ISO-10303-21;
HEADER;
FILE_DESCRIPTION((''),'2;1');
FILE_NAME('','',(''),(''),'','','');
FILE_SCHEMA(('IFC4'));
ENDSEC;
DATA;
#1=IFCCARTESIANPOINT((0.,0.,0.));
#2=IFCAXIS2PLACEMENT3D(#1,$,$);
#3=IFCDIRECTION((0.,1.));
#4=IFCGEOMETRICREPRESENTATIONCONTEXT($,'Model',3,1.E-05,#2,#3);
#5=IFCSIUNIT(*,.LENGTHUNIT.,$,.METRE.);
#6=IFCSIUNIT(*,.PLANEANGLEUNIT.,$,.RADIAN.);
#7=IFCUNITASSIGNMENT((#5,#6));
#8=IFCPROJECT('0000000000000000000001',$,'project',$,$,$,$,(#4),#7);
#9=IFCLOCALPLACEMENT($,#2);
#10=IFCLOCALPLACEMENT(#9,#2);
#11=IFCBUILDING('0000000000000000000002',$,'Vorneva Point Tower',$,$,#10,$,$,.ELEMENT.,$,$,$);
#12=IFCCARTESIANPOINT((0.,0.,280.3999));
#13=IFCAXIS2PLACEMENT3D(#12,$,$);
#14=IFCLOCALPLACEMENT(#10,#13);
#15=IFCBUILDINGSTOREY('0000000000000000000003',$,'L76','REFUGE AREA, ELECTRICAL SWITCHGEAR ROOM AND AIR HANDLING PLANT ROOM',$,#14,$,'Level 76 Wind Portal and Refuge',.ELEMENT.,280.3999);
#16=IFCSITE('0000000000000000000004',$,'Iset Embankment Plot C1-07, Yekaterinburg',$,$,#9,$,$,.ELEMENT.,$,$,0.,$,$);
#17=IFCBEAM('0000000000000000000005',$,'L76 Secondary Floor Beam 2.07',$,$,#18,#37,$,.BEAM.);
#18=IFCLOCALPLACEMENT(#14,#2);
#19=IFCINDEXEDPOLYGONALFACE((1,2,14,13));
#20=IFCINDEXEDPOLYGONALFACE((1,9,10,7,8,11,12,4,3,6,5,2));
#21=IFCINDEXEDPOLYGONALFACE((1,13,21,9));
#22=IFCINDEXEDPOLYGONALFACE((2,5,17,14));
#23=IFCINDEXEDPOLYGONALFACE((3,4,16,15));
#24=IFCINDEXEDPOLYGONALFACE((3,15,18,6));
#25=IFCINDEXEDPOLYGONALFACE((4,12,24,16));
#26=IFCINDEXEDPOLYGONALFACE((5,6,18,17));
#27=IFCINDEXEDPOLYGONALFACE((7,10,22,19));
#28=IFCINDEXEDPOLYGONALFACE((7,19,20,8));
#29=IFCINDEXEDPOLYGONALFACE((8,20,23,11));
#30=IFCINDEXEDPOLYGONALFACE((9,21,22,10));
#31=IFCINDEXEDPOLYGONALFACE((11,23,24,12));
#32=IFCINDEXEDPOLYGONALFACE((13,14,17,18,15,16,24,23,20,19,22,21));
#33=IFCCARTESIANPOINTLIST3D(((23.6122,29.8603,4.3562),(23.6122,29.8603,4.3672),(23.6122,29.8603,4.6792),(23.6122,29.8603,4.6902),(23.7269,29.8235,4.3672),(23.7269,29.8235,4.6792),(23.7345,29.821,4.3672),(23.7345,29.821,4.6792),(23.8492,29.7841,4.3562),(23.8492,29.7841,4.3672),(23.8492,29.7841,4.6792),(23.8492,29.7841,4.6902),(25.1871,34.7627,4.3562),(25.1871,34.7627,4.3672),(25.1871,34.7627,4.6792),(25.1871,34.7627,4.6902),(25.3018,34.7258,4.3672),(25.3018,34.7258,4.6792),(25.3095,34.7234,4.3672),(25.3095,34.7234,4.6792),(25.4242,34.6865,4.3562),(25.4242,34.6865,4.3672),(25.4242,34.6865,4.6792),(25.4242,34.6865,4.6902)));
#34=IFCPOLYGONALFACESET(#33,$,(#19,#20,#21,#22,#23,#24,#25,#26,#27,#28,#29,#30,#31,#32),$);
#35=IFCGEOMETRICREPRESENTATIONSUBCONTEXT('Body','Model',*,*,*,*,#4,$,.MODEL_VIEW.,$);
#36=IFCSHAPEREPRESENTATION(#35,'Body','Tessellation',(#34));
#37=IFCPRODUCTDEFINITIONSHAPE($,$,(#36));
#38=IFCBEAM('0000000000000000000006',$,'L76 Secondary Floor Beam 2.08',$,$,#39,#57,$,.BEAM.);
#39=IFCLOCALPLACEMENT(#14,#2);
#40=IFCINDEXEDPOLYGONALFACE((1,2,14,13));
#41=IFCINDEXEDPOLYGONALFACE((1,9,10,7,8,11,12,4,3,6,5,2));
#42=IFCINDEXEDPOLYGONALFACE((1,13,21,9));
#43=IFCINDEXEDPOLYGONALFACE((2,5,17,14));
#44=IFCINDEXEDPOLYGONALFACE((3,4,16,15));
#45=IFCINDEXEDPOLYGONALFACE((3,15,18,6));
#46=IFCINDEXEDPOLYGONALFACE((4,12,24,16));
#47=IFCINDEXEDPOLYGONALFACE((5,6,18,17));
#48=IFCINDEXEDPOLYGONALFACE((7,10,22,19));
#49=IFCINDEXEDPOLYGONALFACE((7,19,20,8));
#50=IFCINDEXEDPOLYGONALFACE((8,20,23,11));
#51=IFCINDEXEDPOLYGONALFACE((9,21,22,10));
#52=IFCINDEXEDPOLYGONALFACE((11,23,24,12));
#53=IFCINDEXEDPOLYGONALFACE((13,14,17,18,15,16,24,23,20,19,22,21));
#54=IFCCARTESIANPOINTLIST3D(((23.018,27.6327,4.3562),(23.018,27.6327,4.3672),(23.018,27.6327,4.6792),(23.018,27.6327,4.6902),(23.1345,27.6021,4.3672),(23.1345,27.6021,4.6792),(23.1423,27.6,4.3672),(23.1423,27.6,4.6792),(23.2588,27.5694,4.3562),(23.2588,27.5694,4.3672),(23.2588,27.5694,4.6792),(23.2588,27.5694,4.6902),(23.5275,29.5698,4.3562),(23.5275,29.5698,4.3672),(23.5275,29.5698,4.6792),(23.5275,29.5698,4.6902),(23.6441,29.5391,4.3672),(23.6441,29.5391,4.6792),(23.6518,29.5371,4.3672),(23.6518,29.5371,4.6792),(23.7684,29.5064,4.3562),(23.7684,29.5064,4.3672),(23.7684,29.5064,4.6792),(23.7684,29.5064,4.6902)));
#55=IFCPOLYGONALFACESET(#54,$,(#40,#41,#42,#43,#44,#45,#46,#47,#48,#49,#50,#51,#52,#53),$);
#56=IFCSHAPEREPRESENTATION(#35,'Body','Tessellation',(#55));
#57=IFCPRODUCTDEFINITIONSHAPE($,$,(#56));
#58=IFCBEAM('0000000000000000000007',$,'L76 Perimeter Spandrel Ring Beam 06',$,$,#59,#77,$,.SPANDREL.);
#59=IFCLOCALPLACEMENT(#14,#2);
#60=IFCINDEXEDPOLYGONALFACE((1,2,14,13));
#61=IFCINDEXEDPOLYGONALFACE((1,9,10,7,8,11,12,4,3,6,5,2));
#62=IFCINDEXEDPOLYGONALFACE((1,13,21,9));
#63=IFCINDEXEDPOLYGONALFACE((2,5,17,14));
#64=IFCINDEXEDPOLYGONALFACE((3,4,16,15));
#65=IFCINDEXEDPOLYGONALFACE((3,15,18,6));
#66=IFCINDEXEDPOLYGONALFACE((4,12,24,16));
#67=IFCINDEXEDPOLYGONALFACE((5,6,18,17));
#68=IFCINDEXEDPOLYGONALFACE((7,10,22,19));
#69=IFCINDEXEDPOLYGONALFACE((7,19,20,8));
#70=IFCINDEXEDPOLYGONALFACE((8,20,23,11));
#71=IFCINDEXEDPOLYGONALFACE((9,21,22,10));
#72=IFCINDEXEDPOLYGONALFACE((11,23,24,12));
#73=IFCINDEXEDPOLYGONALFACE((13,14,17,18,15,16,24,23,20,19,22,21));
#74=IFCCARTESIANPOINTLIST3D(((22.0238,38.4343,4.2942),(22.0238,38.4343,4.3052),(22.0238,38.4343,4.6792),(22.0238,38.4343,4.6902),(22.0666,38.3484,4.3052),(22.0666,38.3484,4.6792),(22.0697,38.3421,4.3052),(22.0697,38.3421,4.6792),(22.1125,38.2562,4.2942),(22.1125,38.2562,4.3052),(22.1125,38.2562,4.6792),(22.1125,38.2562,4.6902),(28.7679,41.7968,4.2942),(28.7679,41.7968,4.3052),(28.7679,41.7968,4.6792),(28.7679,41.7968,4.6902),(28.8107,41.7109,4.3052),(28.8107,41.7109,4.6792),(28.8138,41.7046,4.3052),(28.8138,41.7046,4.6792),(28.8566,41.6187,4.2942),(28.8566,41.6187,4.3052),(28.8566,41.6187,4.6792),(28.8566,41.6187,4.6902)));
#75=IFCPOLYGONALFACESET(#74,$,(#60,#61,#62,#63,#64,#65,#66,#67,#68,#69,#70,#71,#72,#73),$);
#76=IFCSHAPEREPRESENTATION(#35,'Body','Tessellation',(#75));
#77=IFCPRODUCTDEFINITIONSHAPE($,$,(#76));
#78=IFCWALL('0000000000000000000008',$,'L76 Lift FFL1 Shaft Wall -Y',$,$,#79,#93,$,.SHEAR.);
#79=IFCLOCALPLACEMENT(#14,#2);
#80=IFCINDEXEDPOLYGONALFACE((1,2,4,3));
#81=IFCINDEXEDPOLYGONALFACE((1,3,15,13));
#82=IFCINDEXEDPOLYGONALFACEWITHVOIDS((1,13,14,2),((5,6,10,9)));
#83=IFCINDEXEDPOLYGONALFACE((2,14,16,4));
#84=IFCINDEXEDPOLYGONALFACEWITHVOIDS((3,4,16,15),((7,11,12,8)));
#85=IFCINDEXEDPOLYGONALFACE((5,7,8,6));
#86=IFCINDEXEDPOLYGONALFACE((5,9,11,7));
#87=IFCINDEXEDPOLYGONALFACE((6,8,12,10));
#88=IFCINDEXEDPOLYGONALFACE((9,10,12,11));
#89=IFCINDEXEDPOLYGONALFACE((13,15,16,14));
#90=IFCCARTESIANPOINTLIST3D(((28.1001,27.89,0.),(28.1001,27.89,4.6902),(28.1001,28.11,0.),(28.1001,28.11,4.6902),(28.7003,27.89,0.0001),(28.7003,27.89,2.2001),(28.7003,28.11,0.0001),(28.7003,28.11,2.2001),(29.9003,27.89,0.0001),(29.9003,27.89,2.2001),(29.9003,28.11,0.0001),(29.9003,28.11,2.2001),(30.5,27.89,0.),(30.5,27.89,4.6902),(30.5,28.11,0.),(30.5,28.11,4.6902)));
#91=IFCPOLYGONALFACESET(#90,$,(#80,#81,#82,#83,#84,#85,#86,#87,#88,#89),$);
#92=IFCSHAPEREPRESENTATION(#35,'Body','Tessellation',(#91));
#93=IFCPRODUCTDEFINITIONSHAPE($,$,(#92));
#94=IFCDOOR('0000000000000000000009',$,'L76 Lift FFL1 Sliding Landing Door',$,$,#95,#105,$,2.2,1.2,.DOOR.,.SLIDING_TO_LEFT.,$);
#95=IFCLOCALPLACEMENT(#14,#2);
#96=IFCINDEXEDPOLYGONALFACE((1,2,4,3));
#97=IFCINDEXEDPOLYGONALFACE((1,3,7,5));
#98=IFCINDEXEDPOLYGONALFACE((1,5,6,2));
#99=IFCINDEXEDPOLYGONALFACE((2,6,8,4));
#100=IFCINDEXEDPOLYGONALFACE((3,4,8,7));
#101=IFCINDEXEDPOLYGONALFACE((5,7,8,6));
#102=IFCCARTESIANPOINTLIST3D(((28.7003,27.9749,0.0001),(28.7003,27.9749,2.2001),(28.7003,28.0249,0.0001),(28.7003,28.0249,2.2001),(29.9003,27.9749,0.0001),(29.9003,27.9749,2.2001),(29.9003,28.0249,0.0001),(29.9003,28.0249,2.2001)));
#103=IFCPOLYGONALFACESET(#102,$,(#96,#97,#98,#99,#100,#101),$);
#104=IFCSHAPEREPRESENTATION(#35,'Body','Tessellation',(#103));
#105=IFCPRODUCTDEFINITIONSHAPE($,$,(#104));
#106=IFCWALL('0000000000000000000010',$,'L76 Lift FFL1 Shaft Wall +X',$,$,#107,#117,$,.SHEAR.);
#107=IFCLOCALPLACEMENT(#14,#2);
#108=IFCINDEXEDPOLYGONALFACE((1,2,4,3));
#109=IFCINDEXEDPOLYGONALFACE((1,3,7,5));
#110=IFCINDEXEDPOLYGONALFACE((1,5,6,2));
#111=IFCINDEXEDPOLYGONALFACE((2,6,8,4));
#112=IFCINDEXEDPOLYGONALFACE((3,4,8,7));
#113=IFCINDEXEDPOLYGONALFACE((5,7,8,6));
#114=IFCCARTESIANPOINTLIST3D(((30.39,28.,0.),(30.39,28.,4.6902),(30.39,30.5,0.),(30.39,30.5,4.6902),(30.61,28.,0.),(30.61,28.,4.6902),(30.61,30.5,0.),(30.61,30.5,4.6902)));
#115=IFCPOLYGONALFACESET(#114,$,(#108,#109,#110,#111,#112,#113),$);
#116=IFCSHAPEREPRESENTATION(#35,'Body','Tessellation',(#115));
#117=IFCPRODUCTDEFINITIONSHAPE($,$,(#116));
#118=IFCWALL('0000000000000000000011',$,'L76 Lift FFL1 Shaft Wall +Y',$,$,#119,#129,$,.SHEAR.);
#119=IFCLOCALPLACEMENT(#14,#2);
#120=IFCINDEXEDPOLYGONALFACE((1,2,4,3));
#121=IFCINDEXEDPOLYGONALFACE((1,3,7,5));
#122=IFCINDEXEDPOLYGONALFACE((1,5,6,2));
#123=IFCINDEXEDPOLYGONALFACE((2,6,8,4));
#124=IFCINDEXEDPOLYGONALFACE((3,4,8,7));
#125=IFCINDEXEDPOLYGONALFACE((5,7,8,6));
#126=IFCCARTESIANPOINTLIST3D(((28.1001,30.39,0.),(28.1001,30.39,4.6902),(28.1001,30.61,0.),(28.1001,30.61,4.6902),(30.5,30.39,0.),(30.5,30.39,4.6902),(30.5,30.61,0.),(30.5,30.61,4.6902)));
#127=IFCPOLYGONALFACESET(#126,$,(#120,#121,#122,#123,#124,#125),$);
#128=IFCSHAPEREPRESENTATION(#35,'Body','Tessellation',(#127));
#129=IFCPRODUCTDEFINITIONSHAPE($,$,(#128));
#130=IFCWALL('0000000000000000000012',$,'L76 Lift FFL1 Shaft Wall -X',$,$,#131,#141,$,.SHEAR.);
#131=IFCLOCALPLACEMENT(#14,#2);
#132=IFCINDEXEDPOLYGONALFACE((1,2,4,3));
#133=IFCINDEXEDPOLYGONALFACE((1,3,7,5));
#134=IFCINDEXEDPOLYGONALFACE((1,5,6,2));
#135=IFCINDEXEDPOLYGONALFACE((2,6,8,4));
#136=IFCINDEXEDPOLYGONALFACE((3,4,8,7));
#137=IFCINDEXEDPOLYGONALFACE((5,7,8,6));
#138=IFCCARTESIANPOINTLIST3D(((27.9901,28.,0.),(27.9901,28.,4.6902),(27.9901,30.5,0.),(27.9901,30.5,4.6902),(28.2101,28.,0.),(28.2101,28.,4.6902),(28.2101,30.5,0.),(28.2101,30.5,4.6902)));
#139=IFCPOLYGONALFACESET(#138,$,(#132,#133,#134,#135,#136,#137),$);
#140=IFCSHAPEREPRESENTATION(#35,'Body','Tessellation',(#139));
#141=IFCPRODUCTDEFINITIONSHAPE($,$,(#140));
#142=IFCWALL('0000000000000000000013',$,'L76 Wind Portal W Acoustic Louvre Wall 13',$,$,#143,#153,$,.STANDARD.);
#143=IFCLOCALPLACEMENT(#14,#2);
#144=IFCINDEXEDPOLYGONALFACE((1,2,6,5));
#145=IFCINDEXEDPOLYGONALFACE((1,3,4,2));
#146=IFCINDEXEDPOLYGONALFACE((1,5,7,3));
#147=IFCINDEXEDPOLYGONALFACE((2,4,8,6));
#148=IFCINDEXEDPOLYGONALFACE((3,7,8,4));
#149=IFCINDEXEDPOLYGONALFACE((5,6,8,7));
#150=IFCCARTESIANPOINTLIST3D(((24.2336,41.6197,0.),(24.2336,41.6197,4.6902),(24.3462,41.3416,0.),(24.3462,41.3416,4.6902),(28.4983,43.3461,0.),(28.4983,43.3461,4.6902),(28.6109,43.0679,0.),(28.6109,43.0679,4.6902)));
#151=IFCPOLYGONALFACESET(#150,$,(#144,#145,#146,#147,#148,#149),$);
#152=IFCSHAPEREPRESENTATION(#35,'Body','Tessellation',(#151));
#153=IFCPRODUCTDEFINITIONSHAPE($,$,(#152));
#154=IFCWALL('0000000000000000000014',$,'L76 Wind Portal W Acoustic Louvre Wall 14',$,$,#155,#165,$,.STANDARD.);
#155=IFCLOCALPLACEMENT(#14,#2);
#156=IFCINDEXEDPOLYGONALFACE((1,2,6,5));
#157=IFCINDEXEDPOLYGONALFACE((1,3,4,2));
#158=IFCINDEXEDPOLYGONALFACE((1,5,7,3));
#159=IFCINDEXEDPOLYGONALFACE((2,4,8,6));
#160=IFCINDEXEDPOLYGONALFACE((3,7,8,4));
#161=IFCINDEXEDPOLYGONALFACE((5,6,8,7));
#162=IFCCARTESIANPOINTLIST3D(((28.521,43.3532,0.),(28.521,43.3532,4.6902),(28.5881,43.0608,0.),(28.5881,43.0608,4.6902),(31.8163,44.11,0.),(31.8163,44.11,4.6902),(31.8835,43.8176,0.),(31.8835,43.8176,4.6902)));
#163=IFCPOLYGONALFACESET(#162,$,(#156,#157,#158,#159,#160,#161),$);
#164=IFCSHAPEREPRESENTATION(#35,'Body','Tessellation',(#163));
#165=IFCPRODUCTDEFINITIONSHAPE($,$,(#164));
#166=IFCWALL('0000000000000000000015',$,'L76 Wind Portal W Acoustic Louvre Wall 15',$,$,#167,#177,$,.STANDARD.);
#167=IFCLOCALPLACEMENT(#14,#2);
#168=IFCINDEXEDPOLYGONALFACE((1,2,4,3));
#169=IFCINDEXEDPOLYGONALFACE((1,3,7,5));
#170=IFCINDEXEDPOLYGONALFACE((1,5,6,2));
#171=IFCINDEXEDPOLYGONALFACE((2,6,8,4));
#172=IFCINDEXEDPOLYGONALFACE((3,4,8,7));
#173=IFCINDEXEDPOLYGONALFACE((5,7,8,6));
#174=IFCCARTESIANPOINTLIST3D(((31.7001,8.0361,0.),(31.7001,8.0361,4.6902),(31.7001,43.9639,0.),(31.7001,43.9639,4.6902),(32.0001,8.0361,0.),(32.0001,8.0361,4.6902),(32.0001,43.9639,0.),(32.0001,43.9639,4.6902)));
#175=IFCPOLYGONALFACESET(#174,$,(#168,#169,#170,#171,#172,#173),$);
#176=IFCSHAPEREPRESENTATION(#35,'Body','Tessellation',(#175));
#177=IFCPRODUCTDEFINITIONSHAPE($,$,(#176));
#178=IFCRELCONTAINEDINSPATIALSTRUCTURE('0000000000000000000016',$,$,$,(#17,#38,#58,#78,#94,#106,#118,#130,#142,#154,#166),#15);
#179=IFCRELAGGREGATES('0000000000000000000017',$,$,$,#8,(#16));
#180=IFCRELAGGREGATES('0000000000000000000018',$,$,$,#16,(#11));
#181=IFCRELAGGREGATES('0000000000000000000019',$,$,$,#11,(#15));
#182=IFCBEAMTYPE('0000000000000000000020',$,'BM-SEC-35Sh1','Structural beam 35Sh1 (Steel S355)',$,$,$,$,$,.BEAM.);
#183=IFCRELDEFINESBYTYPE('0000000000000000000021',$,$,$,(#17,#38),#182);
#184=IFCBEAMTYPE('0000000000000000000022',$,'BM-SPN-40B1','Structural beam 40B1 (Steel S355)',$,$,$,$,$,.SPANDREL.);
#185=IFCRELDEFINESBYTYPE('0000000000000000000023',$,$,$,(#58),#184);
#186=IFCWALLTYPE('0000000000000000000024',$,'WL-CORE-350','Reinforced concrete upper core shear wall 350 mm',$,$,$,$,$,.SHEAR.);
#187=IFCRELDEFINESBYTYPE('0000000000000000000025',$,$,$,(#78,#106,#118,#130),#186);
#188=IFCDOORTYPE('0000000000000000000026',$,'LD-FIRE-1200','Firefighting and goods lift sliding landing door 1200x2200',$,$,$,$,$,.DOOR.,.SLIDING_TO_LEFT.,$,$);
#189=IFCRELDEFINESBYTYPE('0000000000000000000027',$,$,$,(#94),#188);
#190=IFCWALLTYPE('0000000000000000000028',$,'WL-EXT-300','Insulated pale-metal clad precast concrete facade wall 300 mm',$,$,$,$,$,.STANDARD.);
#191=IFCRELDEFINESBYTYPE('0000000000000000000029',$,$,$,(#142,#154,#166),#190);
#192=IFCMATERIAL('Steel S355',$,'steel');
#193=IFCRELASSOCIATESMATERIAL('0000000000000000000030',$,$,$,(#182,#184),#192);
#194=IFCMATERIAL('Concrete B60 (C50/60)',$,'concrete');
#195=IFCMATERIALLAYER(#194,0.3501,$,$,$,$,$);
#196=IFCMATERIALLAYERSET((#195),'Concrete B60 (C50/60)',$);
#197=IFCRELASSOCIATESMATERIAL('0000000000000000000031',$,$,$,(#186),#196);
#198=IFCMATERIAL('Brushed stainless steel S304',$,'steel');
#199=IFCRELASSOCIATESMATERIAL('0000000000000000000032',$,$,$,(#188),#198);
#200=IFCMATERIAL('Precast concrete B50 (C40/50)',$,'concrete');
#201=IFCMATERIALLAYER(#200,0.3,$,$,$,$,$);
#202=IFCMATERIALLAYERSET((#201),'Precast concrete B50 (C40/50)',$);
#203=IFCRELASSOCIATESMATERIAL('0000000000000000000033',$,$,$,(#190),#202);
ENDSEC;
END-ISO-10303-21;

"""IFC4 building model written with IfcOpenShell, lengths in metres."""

from ifc_helpers import new_model, si_unit, direction, frame, frame_2d, origin, origin_2d, place, context, subcontext, project, spatial, rectangle, i_section, extrude, material, layer, layer_set, material_profile, profile_set, type_object, element, fill, save


model = new_model("IFC4")

# Units and contexts
model_context = context("Model", 3, precision=1e-05, world=origin(), true_north=direction((0.0, 1.0)))
body_context = subcontext(model_context, "Body", "Model", "MODEL_VIEW")
ifc_project = project(units=[si_unit("LENGTHUNIT", "METRE"), si_unit("PLANEANGLEUNIT", "RADIAN")], contexts=[model_context])

# Site, building, storey
site_placement = place(None, origin())
site = spatial("IfcSite", under=ifc_project, at=site_placement, Name="Iset Embankment Plot C1-07, Yekaterinburg", CompositionType="ELEMENT", RefElevation=0.0)
building_placement = place(site_placement, origin())
building = spatial("IfcBuilding", under=site, at=building_placement, Name="Vorneva Point Tower", CompositionType="ELEMENT")
storey_placement = place(building_placement, frame((0.0, 0.0, 280.3999)))
storey = spatial("IfcBuildingStorey", under=building, at=storey_placement, Name="L76", Description="REFUGE AREA, ELECTRICAL SWITCHGEAR ROOM AND AIR HANDLING PLANT ROOM", LongName="Level 76 Wind Portal and Refuge", CompositionType="ELEMENT", Elevation=280.3999)

# Beams
ifc_material_1 = material(Name="Steel S355", Category="steel")
ifc_material_profile_1 = material_profile(ifc_material_1, i_section(OverallWidth=0.249, OverallDepth=0.334, WebThickness=0.0081, FlangeThickness=0.011, at=origin_2d()), Name="35Sh1")
ifc_profile_set_1 = profile_set([ifc_material_profile_1], Name="Steel S355")
beam_type_1 = type_object("IfcBeamType", Name="BM-SEC-35Sh1", Description="Structural beam 35Sh1 (Steel S355)", PredefinedType="BEAM", material=ifc_profile_set_1)
beam_1_placement = place(storey_placement, frame((25.3057, 34.7246, 4.5232), z_axis=(-0.305868, -0.952074, 0.0), x_axis=(0.952074, -0.305868, 0.0)))
element("IfcBeam", 1, at=beam_1_placement, inside=storey, type_object=beam_type_1, Name="L76 Secondary Floor Beam 2.07", PredefinedType="BEAM", context=body_context, shape_type="SweptSolid", body=[
    extrude(i_section(OverallWidth=0.249, OverallDepth=0.334, WebThickness=0.0081, FlangeThickness=0.011, at=origin_2d()), origin(), (0.0, 0.0, 1.0), 5.1492),
])
beam_2_placement = place(storey_placement, frame((23.6479, 29.5381, 4.5232), z_axis=(-0.254391, -0.967101, 0.0), x_axis=(0.967101, -0.254391, 0.0)))
element("IfcBeam", 2, at=beam_2_placement, inside=storey, type_object=beam_type_1, Name="L76 Secondary Floor Beam 2.08", PredefinedType="BEAM", context=body_context, shape_type="SweptSolid", body=[
    extrude(i_section(OverallWidth=0.249, OverallDepth=0.334, WebThickness=0.0081, FlangeThickness=0.011, at=origin_2d()), origin(), (0.0, 0.0, 1.0), 2.0029),
])
ifc_material_profile_2 = material_profile(ifc_material_1, i_section(OverallWidth=0.199, OverallDepth=0.396, WebThickness=0.0071, FlangeThickness=0.011, at=origin_2d()), Name="40B1")
ifc_profile_set_2 = profile_set([ifc_material_profile_2], Name="Steel S355")
beam_type_2 = type_object("IfcBeamType", Name="BM-SPN-40B1", Description="Structural beam 40B1 (Steel S355)", PredefinedType="SPANDREL", material=ifc_profile_set_2)
beam_3_placement = place(storey_placement, frame((28.8123, 41.7078, 4.4922), z_axis=(-0.894932, -0.446203, 0.0), x_axis=(0.446203, -0.894932, 0.0)))
element("IfcBeam", 3, at=beam_3_placement, inside=storey, type_object=beam_type_2, Name="L76 Perimeter Spandrel Ring Beam 06", PredefinedType="SPANDREL", context=body_context, shape_type="SweptSolid", body=[
    extrude(i_section(OverallWidth=0.199, OverallDepth=0.396, WebThickness=0.0071, FlangeThickness=0.011, at=origin_2d()), origin(), (0.0, 0.0, 1.0), 7.5359),
])

# Wall, opening, door
ifc_material_2 = material(Name="Concrete B60 (C50/60)", Category="concrete")
ifc_layer_1 = layer(ifc_material_2, 0.3501)
ifc_layer_set_1 = layer_set([ifc_layer_1], Name="Concrete B60 (C50/60)")
wall_type_1 = type_object("IfcWallType", Name="WL-CORE-350", Description="Reinforced concrete upper core shear wall 350 mm", PredefinedType="SHEAR", material=ifc_layer_set_1)
wall_1_placement = place(storey_placement, frame((28.1001, 28.0, 0.0), z_axis=(0.0, 0.0, 1.0), x_axis=(1.0, 0.0, 0.0)))
wall_1 = element("IfcWall", 4, at=wall_1_placement, inside=storey, type_object=wall_type_1, Name="L76 Lift FFL1 Shaft Wall -Y", PredefinedType="SHEAR", context=body_context, shape_type="SweptSolid", body=[
    extrude(rectangle(XDim=2.3999, YDim=0.22, at=frame_2d((1.2, 0.0))), origin(), (0.0, 0.0, 1.0), 4.6902),
])
opening_1_placement = place(wall_1_placement, frame((0.6001, 0.0, 0.0)))
opening_1 = element("IfcOpeningElement", 5, at=opening_1_placement, cuts=wall_1, PredefinedType="OPENING", context=body_context, shape_type="SweptSolid", body=[
    extrude(rectangle(XDim=1.2, YDim=2.2, at=frame_2d((0.6001, 1.1001))), frame((0.0, 0.125, 0.0), z_axis=(0.0, -1.0, 0.0), x_axis=(1.0, 0.0, 0.0)), (0.0, 0.0, 1.0), 0.2498),
])
ifc_material_3 = material(Name="Brushed stainless steel S304", Category="steel")
door_type_1 = type_object("IfcDoorType", Name="LD-FIRE-1200", Description="Firefighting and goods lift sliding landing door 1200x2200", OperationType="SLIDING_TO_LEFT", PredefinedType="DOOR", material=ifc_material_3)
door_1_placement = place(opening_1_placement, origin())
door_1 = element("IfcDoor", 6, at=door_1_placement, inside=storey, type_object=door_type_1, Name="L76 Lift FFL1 Sliding Landing Door", OperationType="SLIDING_TO_LEFT", OverallHeight=2.2, OverallWidth=1.2, PredefinedType="DOOR", context=body_context, shape_type="SweptSolid", body=[
    extrude(rectangle(XDim=1.2, YDim=2.2, at=frame_2d((0.6001, 1.1001))), frame((0.0, 0.0249, 0.0), z_axis=(0.0, -1.0, 0.0), x_axis=(1.0, 0.0, 0.0)), (0.0, 0.0, 1.0), 0.05),
])
fill(opening_1, door_1)

# Walls
wall_2_placement = place(storey_placement, frame((30.5, 28.0, 0.0), z_axis=(0.0, 0.0, 1.0), x_axis=(0.0, 1.0, 0.0)))
element("IfcWall", 7, at=wall_2_placement, inside=storey, type_object=wall_type_1, Name="L76 Lift FFL1 Shaft Wall +X", PredefinedType="SHEAR", context=body_context, shape_type="SweptSolid", body=[
    extrude(rectangle(XDim=2.5, YDim=0.22, at=frame_2d((1.25, 0.0))), origin(), (0.0, 0.0, 1.0), 4.6902),
])
wall_3_placement = place(storey_placement, frame((30.5, 30.5, 0.0), z_axis=(0.0, 0.0, 1.0), x_axis=(-1.0, 0.0, 0.0)))
element("IfcWall", 8, at=wall_3_placement, inside=storey, type_object=wall_type_1, Name="L76 Lift FFL1 Shaft Wall +Y", PredefinedType="SHEAR", context=body_context, shape_type="SweptSolid", body=[
    extrude(rectangle(XDim=2.3999, YDim=0.22, at=frame_2d((1.2, 0.0))), origin(), (0.0, 0.0, 1.0), 4.6902),
])
wall_4_placement = place(storey_placement, frame((28.1001, 30.5, 0.0), z_axis=(0.0, 0.0, 1.0), x_axis=(0.0, -1.0, 0.0)))
element("IfcWall", 9, at=wall_4_placement, inside=storey, type_object=wall_type_1, Name="L76 Lift FFL1 Shaft Wall -X", PredefinedType="SHEAR", context=body_context, shape_type="SweptSolid", body=[
    extrude(rectangle(XDim=2.5, YDim=0.22, at=frame_2d((1.25, 0.0))), origin(), (0.0, 0.0, 1.0), 4.6902),
])
ifc_material_4 = material(Name="Precast concrete B50 (C40/50)", Category="concrete")
ifc_layer_2 = layer(ifc_material_4, 0.3)
ifc_layer_set_2 = layer_set([ifc_layer_2], Name="Precast concrete B50 (C40/50)")
wall_type_2 = type_object("IfcWallType", Name="WL-EXT-300", Description="Insulated pale-metal clad precast concrete facade wall 300 mm", PredefinedType="STANDARD", material=ifc_layer_set_2)
wall_5_placement = place(storey_placement, frame((24.29, 41.4807, 0.0), z_axis=(0.0, 0.0, 1.0), x_axis=(0.926935, 0.375221, 0.0)))
element("IfcWall", 10, at=wall_5_placement, inside=storey, type_object=wall_type_2, Name="L76 Wind Portal W Acoustic Louvre Wall 13", PredefinedType="STANDARD", context=body_context, shape_type="SweptSolid", body=[
    extrude(rectangle(XDim=4.6008, YDim=0.3, at=frame_2d((2.3003, 0.0))), origin(), (0.0, 0.0, 1.0), 4.6902),
])
wall_6_placement = place(storey_placement, frame((28.5547, 43.207, 0.0), z_axis=(0.0, 0.0, 1.0), x_axis=(0.974627, 0.223836, 0.0)))
element("IfcWall", 11, at=wall_6_placement, inside=storey, type_object=wall_type_2, Name="L76 Wind Portal W Acoustic Louvre Wall 14", PredefinedType="STANDARD", context=body_context, shape_type="SweptSolid", body=[
    extrude(rectangle(XDim=3.3811, YDim=0.3, at=frame_2d((1.6904, 0.0))), origin(), (0.0, 0.0, 1.0), 4.6902),
])
wall_7_placement = place(storey_placement, frame((31.8501, 43.9639, 0.0), z_axis=(0.0, 0.0, 1.0), x_axis=(0.0, -1.0, 0.0)))
element("IfcWall", 12, at=wall_7_placement, inside=storey, type_object=wall_type_2, Name="L76 Wind Portal W Acoustic Louvre Wall 15", PredefinedType="STANDARD", context=body_context, shape_type="SweptSolid", body=[
    extrude(rectangle(XDim=35.9277, YDim=0.3, at=frame_2d((17.9639, 0.0))), origin(), (0.0, 0.0, 1.0), 4.6902),
])

save(model, "model.ifc")
